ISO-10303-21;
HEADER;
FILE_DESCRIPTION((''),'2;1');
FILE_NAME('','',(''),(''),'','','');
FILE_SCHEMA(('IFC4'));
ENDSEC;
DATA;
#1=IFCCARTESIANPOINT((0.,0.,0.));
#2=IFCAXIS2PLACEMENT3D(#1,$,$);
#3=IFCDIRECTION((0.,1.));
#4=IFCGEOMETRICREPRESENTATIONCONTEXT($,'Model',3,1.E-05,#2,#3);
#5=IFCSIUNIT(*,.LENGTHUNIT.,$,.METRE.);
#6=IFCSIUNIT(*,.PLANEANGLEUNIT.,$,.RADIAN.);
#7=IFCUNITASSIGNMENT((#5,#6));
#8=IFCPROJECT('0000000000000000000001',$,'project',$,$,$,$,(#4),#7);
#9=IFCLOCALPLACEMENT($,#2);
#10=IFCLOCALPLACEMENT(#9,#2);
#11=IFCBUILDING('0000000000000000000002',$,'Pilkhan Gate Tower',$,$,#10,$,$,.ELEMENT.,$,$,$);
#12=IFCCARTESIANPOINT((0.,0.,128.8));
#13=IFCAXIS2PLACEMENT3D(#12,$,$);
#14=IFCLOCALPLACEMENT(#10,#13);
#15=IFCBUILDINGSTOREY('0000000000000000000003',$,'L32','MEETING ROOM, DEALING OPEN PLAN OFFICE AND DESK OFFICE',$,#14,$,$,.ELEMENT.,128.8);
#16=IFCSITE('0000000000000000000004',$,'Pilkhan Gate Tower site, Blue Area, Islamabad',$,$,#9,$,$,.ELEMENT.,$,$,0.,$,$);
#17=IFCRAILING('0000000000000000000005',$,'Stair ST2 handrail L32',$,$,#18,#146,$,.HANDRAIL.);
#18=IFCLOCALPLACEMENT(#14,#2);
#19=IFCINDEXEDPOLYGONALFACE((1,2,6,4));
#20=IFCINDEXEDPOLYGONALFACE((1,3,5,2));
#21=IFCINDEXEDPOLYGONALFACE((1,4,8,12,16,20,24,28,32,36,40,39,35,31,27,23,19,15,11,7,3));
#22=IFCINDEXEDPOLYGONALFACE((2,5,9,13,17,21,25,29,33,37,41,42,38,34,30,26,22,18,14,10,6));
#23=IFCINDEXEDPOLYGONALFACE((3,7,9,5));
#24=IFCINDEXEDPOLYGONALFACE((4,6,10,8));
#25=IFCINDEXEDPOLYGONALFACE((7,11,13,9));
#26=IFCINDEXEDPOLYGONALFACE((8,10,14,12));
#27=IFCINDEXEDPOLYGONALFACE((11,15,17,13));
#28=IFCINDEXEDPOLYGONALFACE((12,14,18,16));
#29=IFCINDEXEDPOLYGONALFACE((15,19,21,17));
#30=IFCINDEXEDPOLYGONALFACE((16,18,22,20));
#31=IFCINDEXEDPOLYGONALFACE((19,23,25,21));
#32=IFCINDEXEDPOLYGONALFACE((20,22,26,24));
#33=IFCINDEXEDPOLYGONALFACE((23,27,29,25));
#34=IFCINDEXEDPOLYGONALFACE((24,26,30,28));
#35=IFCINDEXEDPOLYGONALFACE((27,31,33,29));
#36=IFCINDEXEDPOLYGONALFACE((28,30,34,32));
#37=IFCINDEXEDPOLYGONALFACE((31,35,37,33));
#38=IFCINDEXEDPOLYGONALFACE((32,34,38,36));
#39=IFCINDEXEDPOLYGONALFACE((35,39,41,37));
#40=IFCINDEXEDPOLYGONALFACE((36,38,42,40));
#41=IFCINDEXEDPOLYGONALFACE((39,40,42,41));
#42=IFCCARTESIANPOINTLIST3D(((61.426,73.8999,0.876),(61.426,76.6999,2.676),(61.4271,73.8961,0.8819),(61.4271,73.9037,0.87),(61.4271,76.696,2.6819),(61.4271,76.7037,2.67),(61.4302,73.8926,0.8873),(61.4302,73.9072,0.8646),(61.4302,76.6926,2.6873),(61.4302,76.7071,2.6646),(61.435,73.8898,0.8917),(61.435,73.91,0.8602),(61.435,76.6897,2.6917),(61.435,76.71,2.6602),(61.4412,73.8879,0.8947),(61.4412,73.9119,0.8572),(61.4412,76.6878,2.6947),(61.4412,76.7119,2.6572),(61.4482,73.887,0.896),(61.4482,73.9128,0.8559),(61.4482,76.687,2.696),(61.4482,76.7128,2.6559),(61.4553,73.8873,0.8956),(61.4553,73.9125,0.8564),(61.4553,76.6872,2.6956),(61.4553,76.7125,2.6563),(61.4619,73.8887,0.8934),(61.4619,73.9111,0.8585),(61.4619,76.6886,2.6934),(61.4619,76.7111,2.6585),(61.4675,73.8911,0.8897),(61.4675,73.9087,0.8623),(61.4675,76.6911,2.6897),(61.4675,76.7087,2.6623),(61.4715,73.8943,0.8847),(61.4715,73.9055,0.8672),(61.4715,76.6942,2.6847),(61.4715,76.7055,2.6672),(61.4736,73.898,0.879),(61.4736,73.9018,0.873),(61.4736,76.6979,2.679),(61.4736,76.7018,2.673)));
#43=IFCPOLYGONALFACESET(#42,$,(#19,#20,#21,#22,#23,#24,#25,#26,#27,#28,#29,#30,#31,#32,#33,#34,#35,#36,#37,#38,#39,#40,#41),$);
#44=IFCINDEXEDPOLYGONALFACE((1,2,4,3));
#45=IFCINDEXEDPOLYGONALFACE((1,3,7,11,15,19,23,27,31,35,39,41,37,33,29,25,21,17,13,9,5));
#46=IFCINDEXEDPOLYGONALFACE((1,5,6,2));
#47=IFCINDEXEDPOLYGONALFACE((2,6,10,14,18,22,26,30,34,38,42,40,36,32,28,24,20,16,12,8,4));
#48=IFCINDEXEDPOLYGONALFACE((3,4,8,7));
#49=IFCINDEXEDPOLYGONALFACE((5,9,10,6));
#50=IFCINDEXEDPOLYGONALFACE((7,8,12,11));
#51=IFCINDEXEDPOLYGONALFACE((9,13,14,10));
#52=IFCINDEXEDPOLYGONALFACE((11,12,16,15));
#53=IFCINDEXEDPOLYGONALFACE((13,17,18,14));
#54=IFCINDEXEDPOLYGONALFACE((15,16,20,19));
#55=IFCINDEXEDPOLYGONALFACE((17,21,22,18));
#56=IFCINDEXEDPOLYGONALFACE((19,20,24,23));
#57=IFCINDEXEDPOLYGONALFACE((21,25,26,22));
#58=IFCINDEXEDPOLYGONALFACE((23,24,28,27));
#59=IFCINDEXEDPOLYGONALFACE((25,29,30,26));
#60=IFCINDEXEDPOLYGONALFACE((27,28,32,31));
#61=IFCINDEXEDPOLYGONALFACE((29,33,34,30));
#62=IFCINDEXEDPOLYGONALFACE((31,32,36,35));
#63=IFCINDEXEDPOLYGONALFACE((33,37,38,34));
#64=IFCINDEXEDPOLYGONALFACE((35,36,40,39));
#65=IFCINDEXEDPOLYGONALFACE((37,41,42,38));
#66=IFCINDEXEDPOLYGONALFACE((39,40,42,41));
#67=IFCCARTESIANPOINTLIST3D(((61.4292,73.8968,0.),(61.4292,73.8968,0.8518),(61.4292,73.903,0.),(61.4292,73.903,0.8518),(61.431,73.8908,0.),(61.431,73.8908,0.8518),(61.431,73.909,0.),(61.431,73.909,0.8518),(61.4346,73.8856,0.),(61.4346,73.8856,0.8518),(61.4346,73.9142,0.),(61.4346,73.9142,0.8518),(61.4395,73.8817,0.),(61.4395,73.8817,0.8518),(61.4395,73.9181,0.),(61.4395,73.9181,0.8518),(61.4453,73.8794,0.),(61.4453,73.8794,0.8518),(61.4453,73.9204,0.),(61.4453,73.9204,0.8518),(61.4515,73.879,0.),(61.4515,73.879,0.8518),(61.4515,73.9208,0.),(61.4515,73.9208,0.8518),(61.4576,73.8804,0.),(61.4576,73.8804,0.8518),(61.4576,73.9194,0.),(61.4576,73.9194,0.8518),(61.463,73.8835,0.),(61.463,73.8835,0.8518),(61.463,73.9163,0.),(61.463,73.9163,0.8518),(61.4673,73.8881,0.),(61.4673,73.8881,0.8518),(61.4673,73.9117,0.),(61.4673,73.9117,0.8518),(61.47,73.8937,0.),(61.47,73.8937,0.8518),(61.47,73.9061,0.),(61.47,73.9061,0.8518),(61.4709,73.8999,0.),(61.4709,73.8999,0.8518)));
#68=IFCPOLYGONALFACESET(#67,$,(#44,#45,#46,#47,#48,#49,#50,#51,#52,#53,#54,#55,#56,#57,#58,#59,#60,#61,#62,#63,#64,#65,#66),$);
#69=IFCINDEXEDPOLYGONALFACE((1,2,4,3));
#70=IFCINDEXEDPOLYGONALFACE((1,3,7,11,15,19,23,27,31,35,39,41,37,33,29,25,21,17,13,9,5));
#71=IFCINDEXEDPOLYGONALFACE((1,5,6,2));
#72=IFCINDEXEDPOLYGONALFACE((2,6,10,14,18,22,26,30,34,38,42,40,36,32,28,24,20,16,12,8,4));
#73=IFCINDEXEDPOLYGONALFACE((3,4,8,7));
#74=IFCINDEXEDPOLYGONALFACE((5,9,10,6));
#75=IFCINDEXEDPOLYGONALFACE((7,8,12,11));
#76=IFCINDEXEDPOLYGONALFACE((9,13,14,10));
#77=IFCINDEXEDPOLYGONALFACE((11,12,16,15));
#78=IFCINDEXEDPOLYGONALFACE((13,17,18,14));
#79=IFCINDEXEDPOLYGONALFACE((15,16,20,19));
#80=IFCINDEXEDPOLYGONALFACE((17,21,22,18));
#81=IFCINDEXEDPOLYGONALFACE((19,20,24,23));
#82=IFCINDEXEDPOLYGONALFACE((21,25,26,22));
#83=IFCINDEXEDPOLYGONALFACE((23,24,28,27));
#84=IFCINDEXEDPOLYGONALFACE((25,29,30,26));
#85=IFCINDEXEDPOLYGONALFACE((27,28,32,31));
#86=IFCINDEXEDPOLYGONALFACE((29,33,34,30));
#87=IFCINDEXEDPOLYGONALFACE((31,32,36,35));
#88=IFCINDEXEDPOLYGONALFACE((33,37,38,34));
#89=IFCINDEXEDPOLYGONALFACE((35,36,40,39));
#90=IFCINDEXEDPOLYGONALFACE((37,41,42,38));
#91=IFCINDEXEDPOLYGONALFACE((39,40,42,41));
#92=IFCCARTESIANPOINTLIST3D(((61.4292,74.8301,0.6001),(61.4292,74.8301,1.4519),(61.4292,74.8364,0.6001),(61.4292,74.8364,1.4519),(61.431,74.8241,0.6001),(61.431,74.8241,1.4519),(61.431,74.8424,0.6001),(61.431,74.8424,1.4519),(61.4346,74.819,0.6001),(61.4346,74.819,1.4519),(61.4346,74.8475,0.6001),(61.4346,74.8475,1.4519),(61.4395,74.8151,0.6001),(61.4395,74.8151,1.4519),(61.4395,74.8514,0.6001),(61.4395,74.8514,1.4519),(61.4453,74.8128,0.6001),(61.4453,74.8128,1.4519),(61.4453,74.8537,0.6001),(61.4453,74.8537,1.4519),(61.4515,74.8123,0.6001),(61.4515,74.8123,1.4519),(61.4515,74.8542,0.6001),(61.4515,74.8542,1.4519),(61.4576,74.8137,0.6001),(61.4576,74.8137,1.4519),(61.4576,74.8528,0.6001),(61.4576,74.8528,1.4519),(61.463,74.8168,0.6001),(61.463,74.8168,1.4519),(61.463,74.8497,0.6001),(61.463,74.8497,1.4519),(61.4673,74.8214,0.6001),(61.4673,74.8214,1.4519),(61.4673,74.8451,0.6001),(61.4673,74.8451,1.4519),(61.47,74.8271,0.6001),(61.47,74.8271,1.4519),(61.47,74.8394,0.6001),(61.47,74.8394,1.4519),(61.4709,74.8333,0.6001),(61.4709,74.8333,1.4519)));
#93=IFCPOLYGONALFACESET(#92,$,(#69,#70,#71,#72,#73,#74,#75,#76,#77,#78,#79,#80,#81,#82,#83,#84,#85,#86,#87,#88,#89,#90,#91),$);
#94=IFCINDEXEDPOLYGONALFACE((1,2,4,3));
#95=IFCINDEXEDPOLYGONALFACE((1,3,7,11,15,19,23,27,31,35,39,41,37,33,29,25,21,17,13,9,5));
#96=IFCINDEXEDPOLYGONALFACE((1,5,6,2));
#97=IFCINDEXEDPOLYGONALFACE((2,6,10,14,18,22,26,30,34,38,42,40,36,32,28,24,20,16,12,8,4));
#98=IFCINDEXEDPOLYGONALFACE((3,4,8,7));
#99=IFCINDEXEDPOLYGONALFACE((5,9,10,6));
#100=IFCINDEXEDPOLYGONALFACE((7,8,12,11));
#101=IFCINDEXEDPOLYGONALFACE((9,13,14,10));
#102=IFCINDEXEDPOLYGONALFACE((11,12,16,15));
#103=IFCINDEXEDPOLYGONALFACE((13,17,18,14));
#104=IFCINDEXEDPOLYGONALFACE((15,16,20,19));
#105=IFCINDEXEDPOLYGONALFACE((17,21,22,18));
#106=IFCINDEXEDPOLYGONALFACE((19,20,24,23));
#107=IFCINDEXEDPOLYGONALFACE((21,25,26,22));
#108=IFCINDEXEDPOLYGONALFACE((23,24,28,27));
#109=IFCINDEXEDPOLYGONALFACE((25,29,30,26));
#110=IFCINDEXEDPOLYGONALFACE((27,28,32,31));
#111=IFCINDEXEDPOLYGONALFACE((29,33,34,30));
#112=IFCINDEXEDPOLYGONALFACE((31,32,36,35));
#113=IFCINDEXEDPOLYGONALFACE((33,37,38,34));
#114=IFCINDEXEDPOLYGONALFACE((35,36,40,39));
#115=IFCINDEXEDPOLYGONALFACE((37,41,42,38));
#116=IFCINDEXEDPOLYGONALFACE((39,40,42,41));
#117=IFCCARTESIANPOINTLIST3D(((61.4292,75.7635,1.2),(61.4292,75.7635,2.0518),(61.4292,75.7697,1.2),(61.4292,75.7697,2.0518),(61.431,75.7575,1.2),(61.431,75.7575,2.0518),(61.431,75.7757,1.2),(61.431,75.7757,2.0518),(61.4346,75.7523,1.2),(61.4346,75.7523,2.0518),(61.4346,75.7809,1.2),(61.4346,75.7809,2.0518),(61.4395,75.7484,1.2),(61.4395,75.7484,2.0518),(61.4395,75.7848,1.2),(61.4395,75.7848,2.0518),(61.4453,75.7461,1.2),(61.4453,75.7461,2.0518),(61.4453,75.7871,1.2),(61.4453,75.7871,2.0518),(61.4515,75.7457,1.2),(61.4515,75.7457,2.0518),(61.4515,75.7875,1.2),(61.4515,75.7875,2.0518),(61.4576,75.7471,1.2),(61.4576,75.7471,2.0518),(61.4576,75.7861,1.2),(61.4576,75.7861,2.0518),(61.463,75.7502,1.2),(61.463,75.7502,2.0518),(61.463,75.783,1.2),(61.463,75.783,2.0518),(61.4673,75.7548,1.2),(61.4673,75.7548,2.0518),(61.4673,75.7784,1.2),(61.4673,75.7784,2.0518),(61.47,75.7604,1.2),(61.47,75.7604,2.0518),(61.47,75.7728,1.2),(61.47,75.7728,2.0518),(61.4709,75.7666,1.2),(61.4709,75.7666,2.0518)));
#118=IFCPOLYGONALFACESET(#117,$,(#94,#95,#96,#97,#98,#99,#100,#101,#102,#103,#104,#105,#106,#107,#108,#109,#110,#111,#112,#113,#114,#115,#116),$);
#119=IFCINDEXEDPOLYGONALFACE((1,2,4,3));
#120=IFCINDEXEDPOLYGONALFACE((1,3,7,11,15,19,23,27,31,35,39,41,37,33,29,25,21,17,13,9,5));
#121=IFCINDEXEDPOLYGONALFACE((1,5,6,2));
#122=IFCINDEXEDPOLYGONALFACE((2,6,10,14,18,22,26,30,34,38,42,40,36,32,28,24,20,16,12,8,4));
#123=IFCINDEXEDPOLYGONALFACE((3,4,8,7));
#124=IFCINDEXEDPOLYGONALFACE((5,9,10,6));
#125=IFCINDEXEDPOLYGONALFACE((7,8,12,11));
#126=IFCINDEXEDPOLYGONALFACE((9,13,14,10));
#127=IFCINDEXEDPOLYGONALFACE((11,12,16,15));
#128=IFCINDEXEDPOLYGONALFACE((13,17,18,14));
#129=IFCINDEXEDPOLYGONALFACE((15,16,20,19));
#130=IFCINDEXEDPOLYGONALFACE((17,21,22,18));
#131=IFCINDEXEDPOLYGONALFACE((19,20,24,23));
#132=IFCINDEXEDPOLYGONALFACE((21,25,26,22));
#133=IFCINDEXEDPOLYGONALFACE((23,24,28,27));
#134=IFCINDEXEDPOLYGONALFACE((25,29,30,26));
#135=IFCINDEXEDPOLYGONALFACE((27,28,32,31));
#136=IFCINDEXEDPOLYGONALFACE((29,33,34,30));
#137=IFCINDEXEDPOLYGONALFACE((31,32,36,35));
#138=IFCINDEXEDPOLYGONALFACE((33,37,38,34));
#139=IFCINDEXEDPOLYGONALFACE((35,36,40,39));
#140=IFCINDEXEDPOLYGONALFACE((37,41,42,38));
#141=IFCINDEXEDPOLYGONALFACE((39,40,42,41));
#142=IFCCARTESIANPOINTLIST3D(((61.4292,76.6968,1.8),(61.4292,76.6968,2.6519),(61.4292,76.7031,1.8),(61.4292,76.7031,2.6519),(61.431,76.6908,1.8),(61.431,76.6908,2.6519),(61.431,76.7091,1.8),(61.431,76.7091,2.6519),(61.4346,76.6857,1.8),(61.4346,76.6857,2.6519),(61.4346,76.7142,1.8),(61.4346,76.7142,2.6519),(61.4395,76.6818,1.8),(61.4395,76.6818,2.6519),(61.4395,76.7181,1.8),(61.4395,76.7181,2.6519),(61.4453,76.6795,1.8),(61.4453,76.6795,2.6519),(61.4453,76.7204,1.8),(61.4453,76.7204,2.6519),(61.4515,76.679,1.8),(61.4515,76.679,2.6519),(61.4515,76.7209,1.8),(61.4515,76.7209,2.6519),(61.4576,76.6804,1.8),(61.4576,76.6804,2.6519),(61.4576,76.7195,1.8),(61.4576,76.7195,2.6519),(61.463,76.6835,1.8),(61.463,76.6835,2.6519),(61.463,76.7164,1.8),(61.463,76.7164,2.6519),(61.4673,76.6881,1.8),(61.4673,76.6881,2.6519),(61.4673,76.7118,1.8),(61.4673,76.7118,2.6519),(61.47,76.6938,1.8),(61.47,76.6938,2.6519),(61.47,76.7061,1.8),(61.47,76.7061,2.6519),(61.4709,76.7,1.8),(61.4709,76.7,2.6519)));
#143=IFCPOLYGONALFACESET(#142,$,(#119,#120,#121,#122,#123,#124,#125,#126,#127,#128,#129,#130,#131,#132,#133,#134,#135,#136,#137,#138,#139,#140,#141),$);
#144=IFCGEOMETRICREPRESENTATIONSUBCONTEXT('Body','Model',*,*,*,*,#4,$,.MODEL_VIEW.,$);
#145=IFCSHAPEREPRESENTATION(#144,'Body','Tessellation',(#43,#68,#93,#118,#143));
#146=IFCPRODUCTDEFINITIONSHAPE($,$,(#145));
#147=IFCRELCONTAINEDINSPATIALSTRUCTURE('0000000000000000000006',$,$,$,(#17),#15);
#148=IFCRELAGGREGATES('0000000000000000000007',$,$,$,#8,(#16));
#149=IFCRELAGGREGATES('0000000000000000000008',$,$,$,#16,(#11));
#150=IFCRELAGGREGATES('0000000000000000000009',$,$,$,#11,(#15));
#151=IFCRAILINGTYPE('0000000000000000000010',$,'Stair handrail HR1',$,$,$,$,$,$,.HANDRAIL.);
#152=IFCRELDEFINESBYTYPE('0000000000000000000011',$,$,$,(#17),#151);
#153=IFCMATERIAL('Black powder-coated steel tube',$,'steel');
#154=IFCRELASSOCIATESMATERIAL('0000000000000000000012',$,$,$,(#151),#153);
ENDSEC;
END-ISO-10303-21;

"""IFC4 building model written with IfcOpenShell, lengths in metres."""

from ifc_helpers import new_model, si_unit, direction, frame, origin, origin_2d, place, context, subcontext, project, spatial, circle, extrude, material, type_object, element, save


model = new_model("IFC4")

# Units and contexts
model_context = context("Model", 3, precision=1e-05, world=origin(), true_north=direction((0.0, 1.0)))
body_context = subcontext(model_context, "Body", "Model", "MODEL_VIEW")
ifc_project = project(units=[si_unit("LENGTHUNIT", "METRE"), si_unit("PLANEANGLEUNIT", "RADIAN")], contexts=[model_context])

# Site, building, storey
site_placement = place(None, origin())
site = spatial("IfcSite", under=ifc_project, at=site_placement, Name="Pilkhan Gate Tower site, Blue Area, Islamabad", CompositionType="ELEMENT", RefElevation=0.0)
building_placement = place(site_placement, origin())
building = spatial("IfcBuilding", under=site, at=building_placement, Name="Pilkhan Gate Tower", CompositionType="ELEMENT")
storey_placement = place(building_placement, frame((0.0, 0.0, 128.8)))
storey = spatial("IfcBuildingStorey", under=building, at=storey_placement, Name="L32", Description="MEETING ROOM, DEALING OPEN PLAN OFFICE AND DESK OFFICE", CompositionType="ELEMENT", Elevation=128.8)

# Railing
ifc_material_1 = material(Name="Black powder-coated steel tube", Category="steel")
railing_type_1 = type_object("IfcRailingType", Name="Stair handrail HR1", PredefinedType="HANDRAIL", material=ifc_material_1)
railing_1_placement = place(storey_placement, frame((61.45, 73.8999, 0.0)))
element("IfcRailing", 1, at=railing_1_placement, inside=storey, type_object=railing_type_1, Name="Stair ST2 handrail L32", PredefinedType="HANDRAIL", context=body_context, shape_type="SweptSolid", body=[
    extrude(circle(Radius=0.0239, at=origin_2d()), frame((0.0, 0.0, 0.876), z_axis=(0.0, 0.841176, 0.540761), x_axis=(-1.0, 0.0, 0.0)), (0.0, 0.0, 1.0), 3.3286),
    extrude(circle(Radius=0.021, at=origin_2d()), origin(), (0.0, 0.0, 1.0), 0.8518),
    extrude(circle(Radius=0.021, at=origin_2d()), frame((0.0, 0.9333, 0.6001)), (0.0, 0.0, 1.0), 0.8518),
    extrude(circle(Radius=0.021, at=origin_2d()), frame((0.0, 1.8667, 1.2)), (0.0, 0.0, 1.0), 0.8518),
    extrude(circle(Radius=0.021, at=origin_2d()), frame((0.0, 2.8, 1.8)), (0.0, 0.0, 1.0), 0.8518),
])

save(model, "model.ifc")
